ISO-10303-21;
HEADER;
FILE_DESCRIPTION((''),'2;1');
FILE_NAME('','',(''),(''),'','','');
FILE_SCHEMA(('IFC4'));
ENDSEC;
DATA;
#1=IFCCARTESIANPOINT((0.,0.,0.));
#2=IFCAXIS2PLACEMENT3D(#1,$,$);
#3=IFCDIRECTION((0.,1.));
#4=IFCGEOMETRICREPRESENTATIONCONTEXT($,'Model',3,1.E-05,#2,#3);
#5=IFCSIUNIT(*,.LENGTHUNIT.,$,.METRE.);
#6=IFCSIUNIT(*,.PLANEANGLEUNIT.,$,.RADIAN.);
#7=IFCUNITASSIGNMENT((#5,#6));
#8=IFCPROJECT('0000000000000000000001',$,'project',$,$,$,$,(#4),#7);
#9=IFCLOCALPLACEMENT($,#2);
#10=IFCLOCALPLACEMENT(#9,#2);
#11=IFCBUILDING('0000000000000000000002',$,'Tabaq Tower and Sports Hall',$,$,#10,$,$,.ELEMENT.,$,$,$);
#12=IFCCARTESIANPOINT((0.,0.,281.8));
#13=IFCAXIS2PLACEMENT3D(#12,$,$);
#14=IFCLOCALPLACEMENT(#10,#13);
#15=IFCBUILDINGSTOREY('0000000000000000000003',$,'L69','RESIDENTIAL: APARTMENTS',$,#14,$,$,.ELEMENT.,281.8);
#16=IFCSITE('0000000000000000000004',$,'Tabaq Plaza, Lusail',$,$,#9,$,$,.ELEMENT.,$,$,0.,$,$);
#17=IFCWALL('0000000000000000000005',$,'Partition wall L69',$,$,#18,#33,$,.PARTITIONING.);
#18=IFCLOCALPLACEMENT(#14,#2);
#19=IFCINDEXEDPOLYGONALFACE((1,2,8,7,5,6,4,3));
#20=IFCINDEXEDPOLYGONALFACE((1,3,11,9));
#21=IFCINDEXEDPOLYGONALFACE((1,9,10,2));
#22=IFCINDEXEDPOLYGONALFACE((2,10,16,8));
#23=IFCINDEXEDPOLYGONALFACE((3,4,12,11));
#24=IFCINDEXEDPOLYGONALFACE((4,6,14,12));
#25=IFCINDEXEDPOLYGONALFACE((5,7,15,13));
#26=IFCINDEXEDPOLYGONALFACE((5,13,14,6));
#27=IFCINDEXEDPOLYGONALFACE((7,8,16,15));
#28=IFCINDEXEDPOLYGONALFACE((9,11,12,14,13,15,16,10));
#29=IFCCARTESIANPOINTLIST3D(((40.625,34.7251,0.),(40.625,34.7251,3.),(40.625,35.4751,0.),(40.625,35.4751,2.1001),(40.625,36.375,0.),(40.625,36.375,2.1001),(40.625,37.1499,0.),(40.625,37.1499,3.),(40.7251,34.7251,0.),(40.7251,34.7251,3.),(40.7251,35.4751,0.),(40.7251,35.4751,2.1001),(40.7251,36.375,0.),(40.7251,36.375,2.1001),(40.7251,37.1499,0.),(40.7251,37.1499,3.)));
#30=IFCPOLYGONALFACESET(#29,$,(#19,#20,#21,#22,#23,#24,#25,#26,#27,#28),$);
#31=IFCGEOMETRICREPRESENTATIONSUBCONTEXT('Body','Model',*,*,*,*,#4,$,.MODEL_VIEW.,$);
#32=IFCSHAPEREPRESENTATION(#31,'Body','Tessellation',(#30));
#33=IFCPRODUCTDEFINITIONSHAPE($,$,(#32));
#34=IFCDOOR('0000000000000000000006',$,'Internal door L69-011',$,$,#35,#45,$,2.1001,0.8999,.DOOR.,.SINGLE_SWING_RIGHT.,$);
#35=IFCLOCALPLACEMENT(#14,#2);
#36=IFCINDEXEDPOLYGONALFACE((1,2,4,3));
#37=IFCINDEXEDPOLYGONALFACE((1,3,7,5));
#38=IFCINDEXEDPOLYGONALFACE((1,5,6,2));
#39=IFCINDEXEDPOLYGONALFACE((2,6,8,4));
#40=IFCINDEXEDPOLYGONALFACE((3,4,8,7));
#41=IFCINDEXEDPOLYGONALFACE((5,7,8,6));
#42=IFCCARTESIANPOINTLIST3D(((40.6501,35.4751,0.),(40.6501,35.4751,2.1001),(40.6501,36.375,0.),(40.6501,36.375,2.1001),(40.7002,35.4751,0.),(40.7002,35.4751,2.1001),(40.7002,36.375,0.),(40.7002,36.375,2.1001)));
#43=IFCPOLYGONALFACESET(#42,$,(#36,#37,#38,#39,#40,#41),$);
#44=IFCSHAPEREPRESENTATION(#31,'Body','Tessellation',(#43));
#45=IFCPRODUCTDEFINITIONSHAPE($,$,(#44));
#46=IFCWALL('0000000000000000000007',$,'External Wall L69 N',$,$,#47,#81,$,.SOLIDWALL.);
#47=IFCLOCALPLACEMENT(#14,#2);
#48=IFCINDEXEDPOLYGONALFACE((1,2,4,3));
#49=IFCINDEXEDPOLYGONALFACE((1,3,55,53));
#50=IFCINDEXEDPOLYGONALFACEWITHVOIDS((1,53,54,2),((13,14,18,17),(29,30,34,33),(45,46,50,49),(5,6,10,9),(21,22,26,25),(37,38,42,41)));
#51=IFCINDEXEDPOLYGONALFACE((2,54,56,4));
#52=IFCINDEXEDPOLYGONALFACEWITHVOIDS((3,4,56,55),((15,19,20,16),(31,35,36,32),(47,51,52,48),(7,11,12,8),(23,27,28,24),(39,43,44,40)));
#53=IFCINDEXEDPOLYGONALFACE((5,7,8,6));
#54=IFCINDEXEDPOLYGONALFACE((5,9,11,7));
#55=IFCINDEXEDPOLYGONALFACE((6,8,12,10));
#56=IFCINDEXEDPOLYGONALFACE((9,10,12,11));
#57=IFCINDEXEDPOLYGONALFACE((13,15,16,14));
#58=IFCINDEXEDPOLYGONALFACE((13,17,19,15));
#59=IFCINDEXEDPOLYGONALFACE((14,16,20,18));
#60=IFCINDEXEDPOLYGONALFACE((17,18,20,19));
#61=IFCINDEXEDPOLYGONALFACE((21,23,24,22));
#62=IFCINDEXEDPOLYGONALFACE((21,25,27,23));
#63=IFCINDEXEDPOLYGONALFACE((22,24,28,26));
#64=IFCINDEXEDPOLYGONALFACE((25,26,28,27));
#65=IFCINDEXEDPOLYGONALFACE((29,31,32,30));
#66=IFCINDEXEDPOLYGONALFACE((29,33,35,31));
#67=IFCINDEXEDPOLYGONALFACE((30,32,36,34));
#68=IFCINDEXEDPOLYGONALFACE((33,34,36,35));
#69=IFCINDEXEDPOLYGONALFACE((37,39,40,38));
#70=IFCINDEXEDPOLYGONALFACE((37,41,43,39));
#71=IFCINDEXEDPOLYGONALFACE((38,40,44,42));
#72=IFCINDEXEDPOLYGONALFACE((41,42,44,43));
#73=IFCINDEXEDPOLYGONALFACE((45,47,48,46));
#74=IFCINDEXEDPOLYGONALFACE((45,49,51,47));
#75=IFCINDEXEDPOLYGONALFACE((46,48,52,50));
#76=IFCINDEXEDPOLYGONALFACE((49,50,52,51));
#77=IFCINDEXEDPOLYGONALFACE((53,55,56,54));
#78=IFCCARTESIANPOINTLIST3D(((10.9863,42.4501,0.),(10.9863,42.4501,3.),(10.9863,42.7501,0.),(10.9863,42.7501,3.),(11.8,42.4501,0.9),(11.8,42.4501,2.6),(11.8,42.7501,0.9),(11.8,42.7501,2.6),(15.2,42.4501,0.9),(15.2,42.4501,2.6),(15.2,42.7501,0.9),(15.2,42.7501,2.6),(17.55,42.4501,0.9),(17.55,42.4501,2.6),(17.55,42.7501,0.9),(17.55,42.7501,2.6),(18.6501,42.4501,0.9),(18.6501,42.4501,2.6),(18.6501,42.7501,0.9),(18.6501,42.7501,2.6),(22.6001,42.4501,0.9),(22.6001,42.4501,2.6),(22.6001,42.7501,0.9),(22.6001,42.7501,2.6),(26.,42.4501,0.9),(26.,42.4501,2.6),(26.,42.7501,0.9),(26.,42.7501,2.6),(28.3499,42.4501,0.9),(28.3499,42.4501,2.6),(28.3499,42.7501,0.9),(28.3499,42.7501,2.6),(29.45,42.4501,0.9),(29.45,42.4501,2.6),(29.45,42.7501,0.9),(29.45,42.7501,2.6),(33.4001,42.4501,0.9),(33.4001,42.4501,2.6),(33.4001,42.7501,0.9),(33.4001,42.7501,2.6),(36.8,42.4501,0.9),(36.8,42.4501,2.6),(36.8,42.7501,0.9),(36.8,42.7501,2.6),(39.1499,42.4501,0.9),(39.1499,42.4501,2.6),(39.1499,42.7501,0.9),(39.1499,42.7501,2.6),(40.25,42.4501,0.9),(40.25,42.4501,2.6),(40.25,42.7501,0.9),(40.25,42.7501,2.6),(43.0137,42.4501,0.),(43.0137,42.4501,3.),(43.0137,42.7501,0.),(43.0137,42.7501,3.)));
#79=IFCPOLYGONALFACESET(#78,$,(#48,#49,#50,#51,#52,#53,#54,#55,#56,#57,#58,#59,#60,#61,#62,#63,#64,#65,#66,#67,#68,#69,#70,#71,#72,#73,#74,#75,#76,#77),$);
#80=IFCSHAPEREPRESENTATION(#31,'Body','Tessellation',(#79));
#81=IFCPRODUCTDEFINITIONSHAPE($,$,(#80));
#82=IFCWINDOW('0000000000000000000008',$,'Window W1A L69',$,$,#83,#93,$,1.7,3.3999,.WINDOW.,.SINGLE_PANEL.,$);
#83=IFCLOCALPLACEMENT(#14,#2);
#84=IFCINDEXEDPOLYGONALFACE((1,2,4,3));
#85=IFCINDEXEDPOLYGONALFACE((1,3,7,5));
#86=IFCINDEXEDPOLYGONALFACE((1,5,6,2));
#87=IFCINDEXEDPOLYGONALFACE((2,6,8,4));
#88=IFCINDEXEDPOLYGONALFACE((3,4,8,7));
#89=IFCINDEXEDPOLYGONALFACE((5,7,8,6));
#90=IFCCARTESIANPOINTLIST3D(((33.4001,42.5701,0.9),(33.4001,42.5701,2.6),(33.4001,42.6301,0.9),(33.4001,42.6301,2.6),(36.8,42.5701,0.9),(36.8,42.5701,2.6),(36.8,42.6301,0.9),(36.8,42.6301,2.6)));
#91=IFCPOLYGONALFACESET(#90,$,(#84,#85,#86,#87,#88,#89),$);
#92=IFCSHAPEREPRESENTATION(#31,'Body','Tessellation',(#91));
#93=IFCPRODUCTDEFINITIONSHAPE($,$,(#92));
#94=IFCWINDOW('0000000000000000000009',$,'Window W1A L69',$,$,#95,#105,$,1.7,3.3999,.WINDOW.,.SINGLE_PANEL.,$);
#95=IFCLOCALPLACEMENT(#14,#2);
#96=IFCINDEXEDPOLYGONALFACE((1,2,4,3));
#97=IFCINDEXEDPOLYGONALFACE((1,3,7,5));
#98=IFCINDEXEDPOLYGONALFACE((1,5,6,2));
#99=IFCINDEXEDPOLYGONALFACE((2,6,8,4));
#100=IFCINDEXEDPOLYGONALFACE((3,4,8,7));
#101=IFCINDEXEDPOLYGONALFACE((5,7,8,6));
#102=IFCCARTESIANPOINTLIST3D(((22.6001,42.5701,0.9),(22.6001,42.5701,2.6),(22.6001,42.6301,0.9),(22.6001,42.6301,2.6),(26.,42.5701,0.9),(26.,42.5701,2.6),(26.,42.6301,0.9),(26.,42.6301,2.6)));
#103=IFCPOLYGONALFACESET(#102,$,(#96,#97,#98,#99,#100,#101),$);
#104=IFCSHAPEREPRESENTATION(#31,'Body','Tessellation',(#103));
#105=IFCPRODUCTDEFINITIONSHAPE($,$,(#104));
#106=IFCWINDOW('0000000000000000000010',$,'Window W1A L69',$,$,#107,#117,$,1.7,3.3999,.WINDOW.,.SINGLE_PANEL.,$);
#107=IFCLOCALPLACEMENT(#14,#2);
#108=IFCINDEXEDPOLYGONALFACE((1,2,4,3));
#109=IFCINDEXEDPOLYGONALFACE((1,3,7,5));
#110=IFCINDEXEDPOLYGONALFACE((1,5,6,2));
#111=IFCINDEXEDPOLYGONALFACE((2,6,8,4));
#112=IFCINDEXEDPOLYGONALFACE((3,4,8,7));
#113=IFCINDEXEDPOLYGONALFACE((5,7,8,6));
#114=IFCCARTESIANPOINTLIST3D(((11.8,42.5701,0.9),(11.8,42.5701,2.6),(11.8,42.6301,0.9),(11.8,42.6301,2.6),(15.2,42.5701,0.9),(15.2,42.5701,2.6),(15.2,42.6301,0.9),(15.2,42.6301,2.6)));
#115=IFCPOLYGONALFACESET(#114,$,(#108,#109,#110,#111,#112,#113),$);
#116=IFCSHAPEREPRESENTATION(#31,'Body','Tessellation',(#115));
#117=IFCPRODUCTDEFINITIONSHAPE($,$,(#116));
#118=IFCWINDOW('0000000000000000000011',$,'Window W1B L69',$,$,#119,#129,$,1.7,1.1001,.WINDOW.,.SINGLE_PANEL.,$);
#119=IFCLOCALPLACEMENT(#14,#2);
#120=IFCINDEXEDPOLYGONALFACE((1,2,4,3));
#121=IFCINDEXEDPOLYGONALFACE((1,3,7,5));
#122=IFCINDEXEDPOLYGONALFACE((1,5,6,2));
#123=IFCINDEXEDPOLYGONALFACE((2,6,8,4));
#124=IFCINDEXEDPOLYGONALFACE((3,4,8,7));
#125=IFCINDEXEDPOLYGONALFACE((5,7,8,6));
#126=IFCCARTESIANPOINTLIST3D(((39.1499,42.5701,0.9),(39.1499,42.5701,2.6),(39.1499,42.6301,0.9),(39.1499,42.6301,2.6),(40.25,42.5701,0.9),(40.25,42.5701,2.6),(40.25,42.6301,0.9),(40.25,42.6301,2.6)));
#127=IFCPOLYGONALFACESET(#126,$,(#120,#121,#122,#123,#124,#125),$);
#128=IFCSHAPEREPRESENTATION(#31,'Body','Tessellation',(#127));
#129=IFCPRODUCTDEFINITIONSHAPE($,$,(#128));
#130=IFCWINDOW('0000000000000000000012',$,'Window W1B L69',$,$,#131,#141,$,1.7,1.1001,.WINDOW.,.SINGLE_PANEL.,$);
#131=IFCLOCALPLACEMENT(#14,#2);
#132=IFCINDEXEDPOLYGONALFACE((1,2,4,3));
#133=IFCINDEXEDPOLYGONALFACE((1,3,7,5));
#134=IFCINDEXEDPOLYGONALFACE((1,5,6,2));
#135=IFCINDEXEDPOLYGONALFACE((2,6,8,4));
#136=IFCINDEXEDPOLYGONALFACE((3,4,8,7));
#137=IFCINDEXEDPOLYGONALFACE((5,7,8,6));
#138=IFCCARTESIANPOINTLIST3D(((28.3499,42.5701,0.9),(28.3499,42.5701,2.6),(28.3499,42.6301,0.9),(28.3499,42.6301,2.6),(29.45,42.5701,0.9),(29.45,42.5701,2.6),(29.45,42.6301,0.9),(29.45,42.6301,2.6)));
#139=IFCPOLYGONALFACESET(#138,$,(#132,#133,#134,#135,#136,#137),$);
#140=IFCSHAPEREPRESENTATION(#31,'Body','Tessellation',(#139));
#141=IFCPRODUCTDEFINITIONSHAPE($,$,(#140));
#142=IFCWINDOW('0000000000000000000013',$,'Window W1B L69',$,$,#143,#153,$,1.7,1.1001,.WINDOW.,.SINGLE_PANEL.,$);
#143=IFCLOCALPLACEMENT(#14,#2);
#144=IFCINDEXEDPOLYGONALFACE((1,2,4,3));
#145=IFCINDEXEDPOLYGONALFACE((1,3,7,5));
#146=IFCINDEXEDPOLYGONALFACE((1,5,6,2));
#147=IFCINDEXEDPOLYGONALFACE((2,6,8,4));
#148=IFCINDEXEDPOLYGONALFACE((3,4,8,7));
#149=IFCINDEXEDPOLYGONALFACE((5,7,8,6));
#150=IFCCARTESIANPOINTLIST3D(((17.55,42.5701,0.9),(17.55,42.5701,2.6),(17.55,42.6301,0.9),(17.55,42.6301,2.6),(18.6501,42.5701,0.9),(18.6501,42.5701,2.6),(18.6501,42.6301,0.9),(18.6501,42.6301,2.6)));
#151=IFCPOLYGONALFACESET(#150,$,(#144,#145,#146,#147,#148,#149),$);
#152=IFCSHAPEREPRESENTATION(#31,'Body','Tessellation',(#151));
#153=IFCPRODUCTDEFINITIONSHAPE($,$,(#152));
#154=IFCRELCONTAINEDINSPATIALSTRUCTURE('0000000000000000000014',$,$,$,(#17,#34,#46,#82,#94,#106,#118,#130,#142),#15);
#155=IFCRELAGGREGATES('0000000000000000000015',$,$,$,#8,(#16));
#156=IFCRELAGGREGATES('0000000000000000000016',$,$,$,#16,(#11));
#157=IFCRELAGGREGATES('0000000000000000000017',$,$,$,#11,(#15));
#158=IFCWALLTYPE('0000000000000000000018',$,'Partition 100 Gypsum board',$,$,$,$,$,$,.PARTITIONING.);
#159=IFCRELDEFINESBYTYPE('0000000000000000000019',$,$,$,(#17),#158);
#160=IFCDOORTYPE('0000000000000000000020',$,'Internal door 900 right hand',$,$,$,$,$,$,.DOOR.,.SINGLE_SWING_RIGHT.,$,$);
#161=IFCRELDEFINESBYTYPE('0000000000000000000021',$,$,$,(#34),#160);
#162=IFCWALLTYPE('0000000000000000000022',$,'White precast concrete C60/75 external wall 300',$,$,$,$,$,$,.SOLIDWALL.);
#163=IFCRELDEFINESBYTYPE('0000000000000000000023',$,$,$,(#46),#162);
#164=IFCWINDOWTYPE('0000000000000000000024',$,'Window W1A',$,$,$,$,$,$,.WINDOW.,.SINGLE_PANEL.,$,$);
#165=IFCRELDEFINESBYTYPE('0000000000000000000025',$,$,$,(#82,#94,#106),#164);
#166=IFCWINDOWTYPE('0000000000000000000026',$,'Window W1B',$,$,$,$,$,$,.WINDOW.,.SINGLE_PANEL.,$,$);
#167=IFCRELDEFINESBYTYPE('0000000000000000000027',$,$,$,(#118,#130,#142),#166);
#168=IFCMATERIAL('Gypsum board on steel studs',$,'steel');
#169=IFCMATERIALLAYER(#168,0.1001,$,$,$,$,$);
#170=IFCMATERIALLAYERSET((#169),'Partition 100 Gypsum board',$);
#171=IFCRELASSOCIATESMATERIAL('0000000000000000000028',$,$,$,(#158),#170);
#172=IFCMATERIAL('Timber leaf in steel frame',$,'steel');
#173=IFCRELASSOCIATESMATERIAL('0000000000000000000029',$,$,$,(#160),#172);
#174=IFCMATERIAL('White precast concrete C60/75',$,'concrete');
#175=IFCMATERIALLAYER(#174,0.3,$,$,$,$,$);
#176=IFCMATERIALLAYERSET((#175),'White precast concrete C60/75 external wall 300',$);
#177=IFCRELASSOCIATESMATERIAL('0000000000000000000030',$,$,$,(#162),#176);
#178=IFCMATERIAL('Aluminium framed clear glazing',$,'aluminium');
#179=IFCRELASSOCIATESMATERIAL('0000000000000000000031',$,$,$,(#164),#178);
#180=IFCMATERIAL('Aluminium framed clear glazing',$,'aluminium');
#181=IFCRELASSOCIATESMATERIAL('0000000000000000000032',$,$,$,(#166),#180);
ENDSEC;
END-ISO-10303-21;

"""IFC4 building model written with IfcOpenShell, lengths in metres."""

from ifc_helpers import new_model, si_unit, direction, frame, frame_2d, origin, place, context, subcontext, project, spatial, rectangle, extrude, material, layer, layer_set, type_object, element, fill, save


model = new_model("IFC4")

# Units and contexts
model_context = context("Model", 3, precision=1e-05, world=origin(), true_north=direction((0.0, 1.0)))
body_context = subcontext(model_context, "Body", "Model", "MODEL_VIEW")
ifc_project = project(units=[si_unit("LENGTHUNIT", "METRE"), si_unit("PLANEANGLEUNIT", "RADIAN")], contexts=[model_context])

# Site, building, storey
site_placement = place(None, origin())
site = spatial("IfcSite", under=ifc_project, at=site_placement, Name="Tabaq Plaza, Lusail", CompositionType="ELEMENT", RefElevation=0.0)
building_placement = place(site_placement, origin())
building = spatial("IfcBuilding", under=site, at=building_placement, Name="Tabaq Tower and Sports Hall", CompositionType="ELEMENT")
storey_placement = place(building_placement, frame((0.0, 0.0, 281.8)))
storey = spatial("IfcBuildingStorey", under=building, at=storey_placement, Name="L69", Description="RESIDENTIAL: APARTMENTS", CompositionType="ELEMENT", Elevation=281.8)

# Shared definitions
ifc_material_1 = material(Name="Gypsum board on steel studs", Category="steel")
ifc_layer_1 = layer(ifc_material_1, 0.1001)
ifc_layer_set_1 = layer_set([ifc_layer_1], Name="Partition 100 Gypsum board")
wall_type_1 = type_object("IfcWallType", Name="Partition 100 Gypsum board", PredefinedType="PARTITIONING", material=ifc_layer_set_1)

# Shared definitions
ifc_material_2 = material(Name="Timber leaf in steel frame", Category="steel")
door_type_1 = type_object("IfcDoorType", Name="Internal door 900 right hand", OperationType="SINGLE_SWING_RIGHT", PredefinedType="DOOR", material=ifc_material_2)

# Wall, opening, door
wall_1_placement = place(storey_placement, frame((40.675, 34.7251, 0.0), z_axis=(0.0, 0.0, 1.0), x_axis=(0.0, 1.0, 0.0)))
wall_1 = element("IfcWall", 1, at=wall_1_placement, inside=storey, type_object=wall_type_1, Name="Partition wall L69", PredefinedType="PARTITIONING", context=body_context, shape_type="SweptSolid", body=[
    extrude(rectangle(XDim=2.4248, YDim=0.1001, at=frame_2d((1.2124, 0.0))), origin(), (0.0, 0.0, 1.0), 3.0),
])
opening_1_placement = place(wall_1_placement, frame((0.75, 0.0, 0.0)))
opening_1 = element("IfcOpeningElement", 2, at=opening_1_placement, cuts=wall_1, PredefinedType="OPENING", context=body_context, shape_type="SweptSolid", body=[
    extrude(rectangle(XDim=0.8999, YDim=2.1001, at=frame_2d((0.45, 1.05))), frame((0.0, 0.05, 0.0), z_axis=(0.0, -1.0, 0.0), x_axis=(1.0, 0.0, 0.0)), (0.0, 0.0, 1.0), 0.1001),
])
door_1_placement = place(opening_1_placement, origin())
door_1 = element("IfcDoor", 3, at=door_1_placement, inside=storey, type_object=door_type_1, Name="Internal door L69-011", OperationType="SINGLE_SWING_RIGHT", OverallHeight=2.1001, OverallWidth=0.8999, PredefinedType="DOOR", context=body_context, shape_type="SweptSolid", body=[
    extrude(rectangle(XDim=0.8999, YDim=2.1001, at=frame_2d((0.45, 1.05))), frame((0.0, 0.0249, 0.0), z_axis=(0.0, -1.0, 0.0), x_axis=(1.0, 0.0, 0.0)), (0.0, 0.0, 1.0), 0.05),
])
fill(opening_1, door_1)

# Wall, openings, windows
ifc_material_3 = material(Name="White precast concrete C60/75", Category="concrete")
ifc_layer_2 = layer(ifc_material_3, 0.3)
ifc_layer_set_2 = layer_set([ifc_layer_2], Name="White precast concrete C60/75 external wall 300")
wall_type_2 = type_object("IfcWallType", Name="White precast concrete C60/75 external wall 300", PredefinedType="SOLIDWALL", material=ifc_layer_set_2)
wall_2_placement = place(storey_placement, frame((43.0137, 42.6001, 0.0), z_axis=(0.0, 0.0, 1.0), x_axis=(-1.0, 0.0, 0.0)))
wall_2 = element("IfcWall", 4, at=wall_2_placement, inside=storey, type_object=wall_type_2, Name="External Wall L69 N", PredefinedType="SOLIDWALL", context=body_context, shape_type="SweptSolid", body=[
    extrude(rectangle(XDim=32.0273, YDim=0.3, at=frame_2d((16.0137, 0.0))), origin(), (0.0, 0.0, 1.0), 3.0),
])
opening_2_placement = place(wall_2_placement, frame((2.7637, 0.0, 0.8999)))
opening_2 = element("IfcOpeningElement", 5, at=opening_2_placement, cuts=wall_2, PredefinedType="OPENING", context=body_context, shape_type="SweptSolid", body=[
    extrude(rectangle(XDim=1.1001, YDim=1.7, at=frame_2d((0.55, 0.8501))), frame((0.0, 0.1602, 0.0), z_axis=(0.0, -1.0, 0.0), x_axis=(1.0, 0.0, 0.0)), (0.0, 0.0, 1.0), 0.3201),
])
opening_3_placement = place(wall_2_placement, frame((6.2136, 0.0, 0.8999)))
opening_3 = element("IfcOpeningElement", 6, at=opening_3_placement, cuts=wall_2, PredefinedType="OPENING", context=body_context, shape_type="SweptSolid", body=[
    extrude(rectangle(XDim=3.3999, YDim=1.7, at=frame_2d((1.7, 0.8501))), frame((0.0, 0.1602, 0.0), z_axis=(0.0, -1.0, 0.0), x_axis=(1.0, 0.0, 0.0)), (0.0, 0.0, 1.0), 0.3201),
])
opening_4_placement = place(wall_2_placement, frame((13.5637, 0.0, 0.8999)))
opening_4 = element("IfcOpeningElement", 7, at=opening_4_placement, cuts=wall_2, PredefinedType="OPENING", context=body_context, shape_type="SweptSolid", body=[
    extrude(rectangle(XDim=1.1001, YDim=1.7, at=frame_2d((0.55, 0.8501))), frame((0.0, 0.1602, 0.0), z_axis=(0.0, -1.0, 0.0), x_axis=(1.0, 0.0, 0.0)), (0.0, 0.0, 1.0), 0.3201),
])
opening_5_placement = place(wall_2_placement, frame((17.0137, 0.0, 0.8999)))
opening_5 = element("IfcOpeningElement", 8, at=opening_5_placement, cuts=wall_2, PredefinedType="OPENING", context=body_context, shape_type="SweptSolid", body=[
    extrude(rectangle(XDim=3.3999, YDim=1.7, at=frame_2d((1.7, 0.8501))), frame((0.0, 0.1602, 0.0), z_axis=(0.0, -1.0, 0.0), x_axis=(1.0, 0.0, 0.0)), (0.0, 0.0, 1.0), 0.3201),
])
opening_6_placement = place(wall_2_placement, frame((24.3635, 0.0, 0.8999)))
opening_6 = element("IfcOpeningElement", 9, at=opening_6_placement, cuts=wall_2, PredefinedType="OPENING", context=body_context, shape_type="SweptSolid", body=[
    extrude(rectangle(XDim=1.1001, YDim=1.7, at=frame_2d((0.55, 0.8501))), frame((0.0, 0.1602, 0.0), z_axis=(0.0, -1.0, 0.0), x_axis=(1.0, 0.0, 0.0)), (0.0, 0.0, 1.0), 0.3201),
])
opening_7_placement = place(wall_2_placement, frame((27.8137, 0.0, 0.8999)))
opening_7 = element("IfcOpeningElement", 10, at=opening_7_placement, cuts=wall_2, PredefinedType="OPENING", context=body_context, shape_type="SweptSolid", body=[
    extrude(rectangle(XDim=3.3999, YDim=1.7, at=frame_2d((1.7, 0.8501))), frame((0.0, 0.1602, 0.0), z_axis=(0.0, -1.0, 0.0), x_axis=(1.0, 0.0, 0.0)), (0.0, 0.0, 1.0), 0.3201),
])
ifc_material_4 = material(Name="Aluminium framed clear glazing", Category="aluminium")
window_type_1 = type_object("IfcWindowType", Name="Window W1A", PartitioningType="SINGLE_PANEL", PredefinedType="WINDOW", material=ifc_material_4)
window_1_placement = place(opening_3_placement, origin())
window_1 = element("IfcWindow", 11, at=window_1_placement, inside=storey, type_object=window_type_1, Name="Window W1A L69", OverallHeight=1.7, OverallWidth=3.3999, PartitioningType="SINGLE_PANEL", PredefinedType="WINDOW", context=body_context, shape_type="SweptSolid", body=[
    extrude(rectangle(XDim=3.3999, YDim=1.7, at=frame_2d((1.7, 0.8501))), frame((0.0, 0.03, 0.0), z_axis=(0.0, -1.0, 0.0), x_axis=(1.0, 0.0, 0.0)), (0.0, 0.0, 1.0), 0.0601),
])
fill(opening_3, window_1)
window_2_placement = place(opening_5_placement, origin())
window_2 = element("IfcWindow", 12, at=window_2_placement, inside=storey, type_object=window_type_1, Name="Window W1A L69", OverallHeight=1.7, OverallWidth=3.3999, PartitioningType="SINGLE_PANEL", PredefinedType="WINDOW", context=body_context, shape_type="SweptSolid", body=[
    extrude(rectangle(XDim=3.3999, YDim=1.7, at=frame_2d((1.7, 0.8501))), frame((0.0, 0.03, 0.0), z_axis=(0.0, -1.0, 0.0), x_axis=(1.0, 0.0, 0.0)), (0.0, 0.0, 1.0), 0.0601),
])
fill(opening_5, window_2)
window_3_placement = place(opening_7_placement, origin())
window_3 = element("IfcWindow", 13, at=window_3_placement, inside=storey, type_object=window_type_1, Name="Window W1A L69", OverallHeight=1.7, OverallWidth=3.3999, PartitioningType="SINGLE_PANEL", PredefinedType="WINDOW", context=body_context, shape_type="SweptSolid", body=[
    extrude(rectangle(XDim=3.3999, YDim=1.7, at=frame_2d((1.7, 0.8501))), frame((0.0, 0.03, 0.0), z_axis=(0.0, -1.0, 0.0), x_axis=(1.0, 0.0, 0.0)), (0.0, 0.0, 1.0), 0.0601),
])
fill(opening_7, window_3)
ifc_material_5 = material(Name="Aluminium framed clear glazing", Category="aluminium")
window_type_2 = type_object("IfcWindowType", Name="Window W1B", PartitioningType="SINGLE_PANEL", PredefinedType="WINDOW", material=ifc_material_5)
window_4_placement = place(opening_2_placement, origin())
window_4 = element("IfcWindow", 14, at=window_4_placement, inside=storey, type_object=window_type_2, Name="Window W1B L69", OverallHeight=1.7, OverallWidth=1.1001, PartitioningType="SINGLE_PANEL", PredefinedType="WINDOW", context=body_context, shape_type="SweptSolid", body=[
    extrude(rectangle(XDim=1.1001, YDim=1.7, at=frame_2d((0.55, 0.8501))), frame((0.0, 0.03, 0.0), z_axis=(0.0, -1.0, 0.0), x_axis=(1.0, 0.0, 0.0)), (0.0, 0.0, 1.0), 0.0601),
])
fill(opening_2, window_4)
window_5_placement = place(opening_4_placement, origin())
window_5 = element("IfcWindow", 15, at=window_5_placement, inside=storey, type_object=window_type_2, Name="Window W1B L69", OverallHeight=1.7, OverallWidth=1.1001, PartitioningType="SINGLE_PANEL", PredefinedType="WINDOW", context=body_context, shape_type="SweptSolid", body=[
    extrude(rectangle(XDim=1.1001, YDim=1.7, at=frame_2d((0.55, 0.8501))), frame((0.0, 0.03, 0.0), z_axis=(0.0, -1.0, 0.0), x_axis=(1.0, 0.0, 0.0)), (0.0, 0.0, 1.0), 0.0601),
])
fill(opening_4, window_5)
window_6_placement = place(opening_6_placement, origin())
window_6 = element("IfcWindow", 16, at=window_6_placement, inside=storey, type_object=window_type_2, Name="Window W1B L69", OverallHeight=1.7, OverallWidth=1.1001, PartitioningType="SINGLE_PANEL", PredefinedType="WINDOW", context=body_context, shape_type="SweptSolid", body=[
    extrude(rectangle(XDim=1.1001, YDim=1.7, at=frame_2d((0.55, 0.8501))), frame((0.0, 0.03, 0.0), z_axis=(0.0, -1.0, 0.0), x_axis=(1.0, 0.0, 0.0)), (0.0, 0.0, 1.0), 0.0601),
])
fill(opening_6, window_6)

save(model, "model.ifc")
